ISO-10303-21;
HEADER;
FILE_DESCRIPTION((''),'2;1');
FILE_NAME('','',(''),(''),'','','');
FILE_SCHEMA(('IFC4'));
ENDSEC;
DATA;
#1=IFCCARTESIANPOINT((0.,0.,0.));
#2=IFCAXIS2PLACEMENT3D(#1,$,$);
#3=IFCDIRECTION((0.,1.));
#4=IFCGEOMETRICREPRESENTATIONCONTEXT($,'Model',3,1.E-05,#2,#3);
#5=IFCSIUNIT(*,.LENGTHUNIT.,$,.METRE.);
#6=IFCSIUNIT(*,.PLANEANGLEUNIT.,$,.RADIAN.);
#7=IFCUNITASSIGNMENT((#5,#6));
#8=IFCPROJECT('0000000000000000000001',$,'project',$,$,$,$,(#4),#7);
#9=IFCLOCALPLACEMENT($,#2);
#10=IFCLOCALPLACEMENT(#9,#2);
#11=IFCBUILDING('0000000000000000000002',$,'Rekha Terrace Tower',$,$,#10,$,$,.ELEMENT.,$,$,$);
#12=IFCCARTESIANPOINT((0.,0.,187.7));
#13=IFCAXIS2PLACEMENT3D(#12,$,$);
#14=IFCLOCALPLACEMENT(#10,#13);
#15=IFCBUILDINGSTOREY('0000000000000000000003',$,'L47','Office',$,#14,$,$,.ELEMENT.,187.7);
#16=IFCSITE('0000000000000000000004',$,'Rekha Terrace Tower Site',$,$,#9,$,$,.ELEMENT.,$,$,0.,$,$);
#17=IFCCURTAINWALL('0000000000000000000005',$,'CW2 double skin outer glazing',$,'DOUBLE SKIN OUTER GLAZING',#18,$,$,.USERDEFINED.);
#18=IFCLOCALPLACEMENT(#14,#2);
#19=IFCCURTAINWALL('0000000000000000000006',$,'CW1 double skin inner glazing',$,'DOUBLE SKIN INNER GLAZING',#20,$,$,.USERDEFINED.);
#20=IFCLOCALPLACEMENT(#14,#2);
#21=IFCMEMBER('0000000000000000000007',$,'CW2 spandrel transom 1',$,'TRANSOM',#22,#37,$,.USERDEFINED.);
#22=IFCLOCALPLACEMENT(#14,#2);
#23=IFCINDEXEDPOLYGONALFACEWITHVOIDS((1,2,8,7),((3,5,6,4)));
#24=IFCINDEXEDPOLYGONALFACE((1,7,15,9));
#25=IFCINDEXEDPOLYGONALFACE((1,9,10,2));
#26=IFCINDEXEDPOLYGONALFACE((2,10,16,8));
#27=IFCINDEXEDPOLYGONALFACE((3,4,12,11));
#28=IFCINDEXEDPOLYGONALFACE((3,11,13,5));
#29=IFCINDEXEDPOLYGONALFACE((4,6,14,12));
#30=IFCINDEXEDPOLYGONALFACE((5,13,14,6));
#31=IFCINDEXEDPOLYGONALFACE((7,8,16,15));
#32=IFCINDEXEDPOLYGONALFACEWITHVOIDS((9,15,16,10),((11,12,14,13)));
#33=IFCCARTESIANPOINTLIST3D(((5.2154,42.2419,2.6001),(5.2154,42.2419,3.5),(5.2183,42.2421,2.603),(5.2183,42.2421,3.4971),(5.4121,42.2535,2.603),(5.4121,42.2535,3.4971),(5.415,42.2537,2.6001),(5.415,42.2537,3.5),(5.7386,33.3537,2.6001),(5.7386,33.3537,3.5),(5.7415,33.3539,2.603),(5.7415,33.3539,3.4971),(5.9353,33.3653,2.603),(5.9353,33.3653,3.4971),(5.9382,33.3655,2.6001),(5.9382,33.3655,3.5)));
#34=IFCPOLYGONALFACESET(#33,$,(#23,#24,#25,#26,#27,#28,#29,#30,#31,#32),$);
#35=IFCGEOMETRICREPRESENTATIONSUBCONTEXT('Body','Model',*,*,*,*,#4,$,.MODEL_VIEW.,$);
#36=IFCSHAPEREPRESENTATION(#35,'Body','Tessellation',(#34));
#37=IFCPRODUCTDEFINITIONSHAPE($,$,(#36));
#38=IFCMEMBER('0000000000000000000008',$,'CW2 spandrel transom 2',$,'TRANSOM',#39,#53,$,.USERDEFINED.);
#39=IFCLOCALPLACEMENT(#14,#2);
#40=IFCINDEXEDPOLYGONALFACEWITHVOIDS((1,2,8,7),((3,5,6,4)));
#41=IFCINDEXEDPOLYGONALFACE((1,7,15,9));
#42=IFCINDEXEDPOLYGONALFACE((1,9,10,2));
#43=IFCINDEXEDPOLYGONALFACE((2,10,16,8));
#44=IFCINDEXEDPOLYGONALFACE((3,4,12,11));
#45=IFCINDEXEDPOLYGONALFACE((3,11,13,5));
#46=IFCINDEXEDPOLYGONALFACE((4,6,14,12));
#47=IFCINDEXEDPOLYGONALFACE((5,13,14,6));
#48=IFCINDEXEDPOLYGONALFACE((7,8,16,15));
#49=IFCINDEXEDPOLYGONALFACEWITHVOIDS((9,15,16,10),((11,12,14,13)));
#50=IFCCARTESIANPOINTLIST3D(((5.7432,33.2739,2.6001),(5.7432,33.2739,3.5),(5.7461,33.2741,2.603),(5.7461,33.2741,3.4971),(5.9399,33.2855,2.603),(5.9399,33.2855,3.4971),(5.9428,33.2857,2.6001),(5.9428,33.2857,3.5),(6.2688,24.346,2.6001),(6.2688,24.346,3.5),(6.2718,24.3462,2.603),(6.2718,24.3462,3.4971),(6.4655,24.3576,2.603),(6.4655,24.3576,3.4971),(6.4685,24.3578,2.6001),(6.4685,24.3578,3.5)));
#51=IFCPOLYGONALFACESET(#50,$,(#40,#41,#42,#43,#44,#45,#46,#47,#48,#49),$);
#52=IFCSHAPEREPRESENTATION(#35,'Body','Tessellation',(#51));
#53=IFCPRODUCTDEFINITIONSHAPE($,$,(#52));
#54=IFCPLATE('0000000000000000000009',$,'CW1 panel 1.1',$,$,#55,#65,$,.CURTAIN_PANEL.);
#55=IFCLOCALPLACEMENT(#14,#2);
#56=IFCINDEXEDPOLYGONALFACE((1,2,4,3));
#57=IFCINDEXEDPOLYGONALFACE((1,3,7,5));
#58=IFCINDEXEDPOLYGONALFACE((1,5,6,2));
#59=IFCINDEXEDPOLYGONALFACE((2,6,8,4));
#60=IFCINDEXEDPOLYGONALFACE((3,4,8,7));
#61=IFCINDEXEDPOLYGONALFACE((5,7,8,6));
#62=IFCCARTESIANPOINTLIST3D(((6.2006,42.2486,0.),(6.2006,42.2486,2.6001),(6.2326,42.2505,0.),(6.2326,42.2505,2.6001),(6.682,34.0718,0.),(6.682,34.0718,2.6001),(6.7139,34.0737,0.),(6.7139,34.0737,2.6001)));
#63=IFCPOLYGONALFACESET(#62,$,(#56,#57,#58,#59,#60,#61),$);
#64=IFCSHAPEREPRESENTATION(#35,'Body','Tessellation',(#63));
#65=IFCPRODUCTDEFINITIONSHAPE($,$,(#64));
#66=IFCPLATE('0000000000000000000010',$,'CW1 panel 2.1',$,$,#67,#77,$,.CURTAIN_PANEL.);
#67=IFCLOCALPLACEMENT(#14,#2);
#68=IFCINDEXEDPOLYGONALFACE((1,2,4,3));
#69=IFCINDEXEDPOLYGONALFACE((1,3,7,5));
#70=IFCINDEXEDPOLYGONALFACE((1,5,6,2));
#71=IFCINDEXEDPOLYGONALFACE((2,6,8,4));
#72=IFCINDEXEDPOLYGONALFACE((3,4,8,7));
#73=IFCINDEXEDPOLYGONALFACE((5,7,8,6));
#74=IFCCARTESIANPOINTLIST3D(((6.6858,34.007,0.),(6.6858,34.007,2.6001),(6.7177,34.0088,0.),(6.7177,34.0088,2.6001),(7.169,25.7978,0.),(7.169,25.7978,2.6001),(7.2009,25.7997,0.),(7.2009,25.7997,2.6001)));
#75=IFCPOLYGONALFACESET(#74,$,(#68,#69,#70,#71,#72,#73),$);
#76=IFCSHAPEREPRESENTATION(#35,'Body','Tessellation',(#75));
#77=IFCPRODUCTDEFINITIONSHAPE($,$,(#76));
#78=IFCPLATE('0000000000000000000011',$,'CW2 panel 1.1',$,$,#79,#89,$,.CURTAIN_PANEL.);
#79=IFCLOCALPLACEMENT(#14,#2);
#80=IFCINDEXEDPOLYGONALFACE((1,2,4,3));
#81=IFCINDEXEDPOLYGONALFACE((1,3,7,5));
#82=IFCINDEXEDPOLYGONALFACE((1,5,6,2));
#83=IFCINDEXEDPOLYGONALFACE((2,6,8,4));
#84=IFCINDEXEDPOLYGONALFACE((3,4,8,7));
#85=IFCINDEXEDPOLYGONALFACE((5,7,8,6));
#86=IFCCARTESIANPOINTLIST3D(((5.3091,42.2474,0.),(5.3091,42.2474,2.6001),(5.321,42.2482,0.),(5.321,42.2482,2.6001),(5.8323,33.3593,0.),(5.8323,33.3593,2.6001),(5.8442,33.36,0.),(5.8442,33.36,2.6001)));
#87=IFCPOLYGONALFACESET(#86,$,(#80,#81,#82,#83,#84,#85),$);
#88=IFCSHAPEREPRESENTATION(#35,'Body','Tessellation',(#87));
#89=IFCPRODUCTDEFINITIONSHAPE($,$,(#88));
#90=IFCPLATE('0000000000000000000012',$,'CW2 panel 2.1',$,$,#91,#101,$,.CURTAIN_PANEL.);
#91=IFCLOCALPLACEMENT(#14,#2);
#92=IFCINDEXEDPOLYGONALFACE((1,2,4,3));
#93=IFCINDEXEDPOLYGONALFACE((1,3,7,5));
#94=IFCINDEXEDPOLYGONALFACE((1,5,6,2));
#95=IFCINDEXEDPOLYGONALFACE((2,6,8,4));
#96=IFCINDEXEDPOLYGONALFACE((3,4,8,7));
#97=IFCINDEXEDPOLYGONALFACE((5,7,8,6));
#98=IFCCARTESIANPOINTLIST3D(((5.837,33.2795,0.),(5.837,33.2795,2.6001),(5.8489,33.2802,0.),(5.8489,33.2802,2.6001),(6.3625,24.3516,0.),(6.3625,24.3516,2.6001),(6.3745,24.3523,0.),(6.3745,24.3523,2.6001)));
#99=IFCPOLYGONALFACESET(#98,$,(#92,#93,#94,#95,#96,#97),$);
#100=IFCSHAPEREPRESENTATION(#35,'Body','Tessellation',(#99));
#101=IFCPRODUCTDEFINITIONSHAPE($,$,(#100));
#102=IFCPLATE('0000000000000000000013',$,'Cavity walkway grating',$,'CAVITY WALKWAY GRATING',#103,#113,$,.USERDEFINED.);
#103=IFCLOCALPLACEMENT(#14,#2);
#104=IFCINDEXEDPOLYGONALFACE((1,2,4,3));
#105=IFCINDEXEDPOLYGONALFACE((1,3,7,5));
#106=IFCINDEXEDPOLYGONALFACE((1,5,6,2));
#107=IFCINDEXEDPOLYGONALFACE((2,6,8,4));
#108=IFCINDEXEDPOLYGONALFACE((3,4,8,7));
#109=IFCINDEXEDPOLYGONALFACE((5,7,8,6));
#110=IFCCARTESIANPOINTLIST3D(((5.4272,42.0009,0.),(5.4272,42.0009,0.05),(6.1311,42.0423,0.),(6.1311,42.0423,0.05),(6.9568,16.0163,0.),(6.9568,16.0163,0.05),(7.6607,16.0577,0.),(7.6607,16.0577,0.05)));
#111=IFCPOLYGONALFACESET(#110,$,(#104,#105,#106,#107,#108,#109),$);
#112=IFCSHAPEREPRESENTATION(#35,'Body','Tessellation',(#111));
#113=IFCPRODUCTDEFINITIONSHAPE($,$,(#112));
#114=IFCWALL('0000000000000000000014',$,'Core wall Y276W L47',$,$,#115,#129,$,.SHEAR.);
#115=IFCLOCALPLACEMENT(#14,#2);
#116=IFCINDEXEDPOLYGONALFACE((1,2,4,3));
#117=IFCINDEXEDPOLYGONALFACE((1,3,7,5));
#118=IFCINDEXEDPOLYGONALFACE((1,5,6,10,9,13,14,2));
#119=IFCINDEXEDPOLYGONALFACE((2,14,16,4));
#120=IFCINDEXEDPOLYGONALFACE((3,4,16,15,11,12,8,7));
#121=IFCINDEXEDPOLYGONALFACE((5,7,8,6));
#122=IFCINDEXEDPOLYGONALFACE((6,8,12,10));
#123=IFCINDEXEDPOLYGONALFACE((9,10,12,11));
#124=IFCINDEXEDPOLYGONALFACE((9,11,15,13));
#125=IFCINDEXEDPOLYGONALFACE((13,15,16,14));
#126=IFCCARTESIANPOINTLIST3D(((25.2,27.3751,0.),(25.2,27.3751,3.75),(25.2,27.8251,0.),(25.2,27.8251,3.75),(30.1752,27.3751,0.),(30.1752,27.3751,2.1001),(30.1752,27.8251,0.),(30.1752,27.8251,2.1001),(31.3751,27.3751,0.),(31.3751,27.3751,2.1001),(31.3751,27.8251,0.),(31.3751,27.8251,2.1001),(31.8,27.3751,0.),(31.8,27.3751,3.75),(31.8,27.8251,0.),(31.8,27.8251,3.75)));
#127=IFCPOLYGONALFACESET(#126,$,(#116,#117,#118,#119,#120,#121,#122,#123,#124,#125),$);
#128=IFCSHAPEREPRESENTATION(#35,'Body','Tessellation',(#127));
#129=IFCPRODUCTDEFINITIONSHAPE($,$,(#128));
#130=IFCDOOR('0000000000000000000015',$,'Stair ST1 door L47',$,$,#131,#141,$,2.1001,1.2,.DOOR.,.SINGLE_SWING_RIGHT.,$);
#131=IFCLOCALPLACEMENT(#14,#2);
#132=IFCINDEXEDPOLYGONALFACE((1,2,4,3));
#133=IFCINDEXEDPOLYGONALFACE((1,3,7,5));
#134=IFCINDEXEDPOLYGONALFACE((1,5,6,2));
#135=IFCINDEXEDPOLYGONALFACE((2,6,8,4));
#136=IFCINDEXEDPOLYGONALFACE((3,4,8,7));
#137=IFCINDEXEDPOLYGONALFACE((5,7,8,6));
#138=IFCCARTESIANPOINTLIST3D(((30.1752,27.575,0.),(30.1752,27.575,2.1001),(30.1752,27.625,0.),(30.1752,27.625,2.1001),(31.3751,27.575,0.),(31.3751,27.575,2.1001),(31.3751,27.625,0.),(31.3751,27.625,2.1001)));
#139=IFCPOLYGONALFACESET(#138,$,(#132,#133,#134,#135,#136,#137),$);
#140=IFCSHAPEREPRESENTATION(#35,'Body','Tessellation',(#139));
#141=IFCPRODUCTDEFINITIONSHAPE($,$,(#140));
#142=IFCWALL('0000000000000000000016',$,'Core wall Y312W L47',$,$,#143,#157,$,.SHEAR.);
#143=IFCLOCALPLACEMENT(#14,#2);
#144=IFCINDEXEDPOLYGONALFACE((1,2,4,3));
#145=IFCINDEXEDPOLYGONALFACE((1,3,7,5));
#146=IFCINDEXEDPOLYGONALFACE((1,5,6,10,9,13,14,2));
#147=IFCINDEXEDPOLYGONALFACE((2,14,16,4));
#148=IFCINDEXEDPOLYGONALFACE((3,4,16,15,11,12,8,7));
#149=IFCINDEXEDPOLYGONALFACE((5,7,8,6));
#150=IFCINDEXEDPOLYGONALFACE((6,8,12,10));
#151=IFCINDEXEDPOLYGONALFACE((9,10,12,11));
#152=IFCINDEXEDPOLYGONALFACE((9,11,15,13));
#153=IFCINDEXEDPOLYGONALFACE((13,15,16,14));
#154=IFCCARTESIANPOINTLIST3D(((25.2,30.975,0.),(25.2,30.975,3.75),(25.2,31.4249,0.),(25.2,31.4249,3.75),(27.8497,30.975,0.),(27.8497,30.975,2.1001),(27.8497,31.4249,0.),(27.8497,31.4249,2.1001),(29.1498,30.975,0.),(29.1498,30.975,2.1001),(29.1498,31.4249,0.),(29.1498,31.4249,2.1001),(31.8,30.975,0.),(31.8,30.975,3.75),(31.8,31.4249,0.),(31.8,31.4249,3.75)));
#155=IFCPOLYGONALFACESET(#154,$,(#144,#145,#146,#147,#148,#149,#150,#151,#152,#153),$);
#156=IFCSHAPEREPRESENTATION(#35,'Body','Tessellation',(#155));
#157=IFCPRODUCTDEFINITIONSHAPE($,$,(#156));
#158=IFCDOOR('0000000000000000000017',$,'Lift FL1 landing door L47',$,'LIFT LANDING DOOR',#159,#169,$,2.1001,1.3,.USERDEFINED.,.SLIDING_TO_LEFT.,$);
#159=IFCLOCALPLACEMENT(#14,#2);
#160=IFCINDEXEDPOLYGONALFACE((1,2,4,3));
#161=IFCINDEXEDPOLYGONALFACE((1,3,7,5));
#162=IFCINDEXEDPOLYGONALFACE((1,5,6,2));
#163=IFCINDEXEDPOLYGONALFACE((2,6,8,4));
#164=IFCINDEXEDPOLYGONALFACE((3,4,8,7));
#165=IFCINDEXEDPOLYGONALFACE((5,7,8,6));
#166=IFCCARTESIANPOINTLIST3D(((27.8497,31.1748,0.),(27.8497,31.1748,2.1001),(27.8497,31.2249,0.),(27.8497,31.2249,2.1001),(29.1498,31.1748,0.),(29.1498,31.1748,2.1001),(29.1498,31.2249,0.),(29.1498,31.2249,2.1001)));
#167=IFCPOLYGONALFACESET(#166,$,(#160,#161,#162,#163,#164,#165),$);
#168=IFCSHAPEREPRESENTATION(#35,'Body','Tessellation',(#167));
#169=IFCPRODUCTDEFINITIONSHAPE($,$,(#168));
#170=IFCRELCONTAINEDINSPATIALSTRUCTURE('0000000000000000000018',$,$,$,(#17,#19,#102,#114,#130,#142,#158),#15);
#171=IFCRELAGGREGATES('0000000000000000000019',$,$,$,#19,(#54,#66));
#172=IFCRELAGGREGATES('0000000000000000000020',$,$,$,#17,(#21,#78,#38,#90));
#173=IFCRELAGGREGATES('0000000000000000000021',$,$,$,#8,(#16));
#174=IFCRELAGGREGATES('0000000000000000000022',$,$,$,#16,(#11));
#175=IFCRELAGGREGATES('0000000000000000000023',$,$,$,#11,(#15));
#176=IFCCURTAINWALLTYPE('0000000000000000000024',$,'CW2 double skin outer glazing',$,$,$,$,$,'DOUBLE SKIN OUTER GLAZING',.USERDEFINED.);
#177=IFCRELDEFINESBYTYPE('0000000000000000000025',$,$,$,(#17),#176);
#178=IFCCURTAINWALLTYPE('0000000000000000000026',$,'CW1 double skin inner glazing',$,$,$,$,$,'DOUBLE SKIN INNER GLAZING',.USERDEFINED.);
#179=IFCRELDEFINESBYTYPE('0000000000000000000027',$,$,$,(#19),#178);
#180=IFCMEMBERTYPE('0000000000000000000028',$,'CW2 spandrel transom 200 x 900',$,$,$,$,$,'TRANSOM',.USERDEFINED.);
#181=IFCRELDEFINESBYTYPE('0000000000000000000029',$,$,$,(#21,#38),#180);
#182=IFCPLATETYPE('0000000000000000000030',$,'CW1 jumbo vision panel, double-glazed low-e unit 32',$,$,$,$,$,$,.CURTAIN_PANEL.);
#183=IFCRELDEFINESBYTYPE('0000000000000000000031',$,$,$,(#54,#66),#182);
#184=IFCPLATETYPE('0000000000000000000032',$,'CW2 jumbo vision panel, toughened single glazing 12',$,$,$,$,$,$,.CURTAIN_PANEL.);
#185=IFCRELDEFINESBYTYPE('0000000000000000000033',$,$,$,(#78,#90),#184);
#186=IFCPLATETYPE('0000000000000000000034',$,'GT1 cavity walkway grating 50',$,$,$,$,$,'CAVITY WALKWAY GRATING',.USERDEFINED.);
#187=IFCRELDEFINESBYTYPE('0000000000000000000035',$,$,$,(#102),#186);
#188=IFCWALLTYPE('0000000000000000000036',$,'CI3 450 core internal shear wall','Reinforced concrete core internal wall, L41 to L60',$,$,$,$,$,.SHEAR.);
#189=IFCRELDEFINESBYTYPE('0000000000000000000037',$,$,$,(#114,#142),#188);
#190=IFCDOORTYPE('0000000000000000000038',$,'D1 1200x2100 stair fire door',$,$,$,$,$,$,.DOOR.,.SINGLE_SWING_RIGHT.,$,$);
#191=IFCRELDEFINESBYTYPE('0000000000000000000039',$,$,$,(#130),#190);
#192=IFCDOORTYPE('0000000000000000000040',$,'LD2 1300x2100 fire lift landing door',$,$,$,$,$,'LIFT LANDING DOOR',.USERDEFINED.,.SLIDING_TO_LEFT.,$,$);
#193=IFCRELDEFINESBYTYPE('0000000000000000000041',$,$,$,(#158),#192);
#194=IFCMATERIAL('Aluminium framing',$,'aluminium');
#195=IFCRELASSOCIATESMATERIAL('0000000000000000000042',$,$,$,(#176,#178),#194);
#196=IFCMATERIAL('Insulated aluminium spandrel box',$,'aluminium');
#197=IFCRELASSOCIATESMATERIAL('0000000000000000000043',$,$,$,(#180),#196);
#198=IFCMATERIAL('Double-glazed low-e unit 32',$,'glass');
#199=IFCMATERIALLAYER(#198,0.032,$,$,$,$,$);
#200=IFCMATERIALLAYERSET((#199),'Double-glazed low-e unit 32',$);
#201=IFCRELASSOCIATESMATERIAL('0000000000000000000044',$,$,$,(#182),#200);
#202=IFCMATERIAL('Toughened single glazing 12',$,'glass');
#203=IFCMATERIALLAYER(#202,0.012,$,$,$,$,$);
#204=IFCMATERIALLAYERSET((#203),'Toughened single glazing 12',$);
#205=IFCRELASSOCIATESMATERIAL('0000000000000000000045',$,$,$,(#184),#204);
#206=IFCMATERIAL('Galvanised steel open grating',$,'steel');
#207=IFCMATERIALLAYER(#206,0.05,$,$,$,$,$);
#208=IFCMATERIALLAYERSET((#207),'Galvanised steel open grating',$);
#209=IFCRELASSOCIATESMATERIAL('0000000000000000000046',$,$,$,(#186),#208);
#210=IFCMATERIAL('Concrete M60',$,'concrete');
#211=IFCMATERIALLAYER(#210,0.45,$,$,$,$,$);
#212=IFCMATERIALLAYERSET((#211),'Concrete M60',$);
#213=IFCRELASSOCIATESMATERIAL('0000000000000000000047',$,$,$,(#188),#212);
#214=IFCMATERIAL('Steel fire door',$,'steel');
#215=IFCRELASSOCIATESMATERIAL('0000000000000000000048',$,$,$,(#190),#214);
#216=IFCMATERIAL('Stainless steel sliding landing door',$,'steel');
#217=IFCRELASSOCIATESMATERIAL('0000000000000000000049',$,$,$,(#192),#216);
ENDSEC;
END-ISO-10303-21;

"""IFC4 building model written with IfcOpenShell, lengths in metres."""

from ifc_helpers import new_model, si_unit, direction, frame, frame_2d, origin, origin_2d, place, context, subcontext, project, spatial, rectangle, hollow_rectangle, extrude, material, layer, layer_set, material_profile, profile_set, type_object, element, fill, aggregate, save


model = new_model("IFC4")

# Units and contexts
model_context = context("Model", 3, precision=1e-05, world=origin(), true_north=direction((0.0, 1.0)))
body_context = subcontext(model_context, "Body", "Model", "MODEL_VIEW")
ifc_project = project(units=[si_unit("LENGTHUNIT", "METRE"), si_unit("PLANEANGLEUNIT", "RADIAN")], contexts=[model_context])

# Site, building, storey
site_placement = place(None, origin())
site = spatial("IfcSite", under=ifc_project, at=site_placement, Name="Rekha Terrace Tower Site", CompositionType="ELEMENT", RefElevation=0.0)
building_placement = place(site_placement, origin())
building = spatial("IfcBuilding", under=site, at=building_placement, Name="Rekha Terrace Tower", CompositionType="ELEMENT")
storey_placement = place(building_placement, frame((0.0, 0.0, 187.7)))
storey = spatial("IfcBuildingStorey", under=building, at=storey_placement, Name="L47", Description="Office", CompositionType="ELEMENT", Elevation=187.7)

# Curtain wall
ifc_material_1 = material(Name="Aluminium framing", Category="aluminium")
curtain_wall_type_1 = type_object("IfcCurtainWallType", Name="CW2 double skin outer glazing", ElementType="DOUBLE SKIN OUTER GLAZING", PredefinedType="USERDEFINED", material=ifc_material_1)
curtain_wall_1_placement = place(storey_placement, origin())
curtain_wall_1 = element("IfcCurtainWall", 1, at=curtain_wall_1_placement, inside=storey, type_object=curtain_wall_type_1, Name="CW2 double skin outer glazing", ObjectType="DOUBLE SKIN OUTER GLAZING", PredefinedType="USERDEFINED")

# Curtain wall
curtain_wall_type_2 = type_object("IfcCurtainWallType", Name="CW1 double skin inner glazing", ElementType="DOUBLE SKIN INNER GLAZING", PredefinedType="USERDEFINED", material=ifc_material_1)
curtain_wall_2_placement = place(storey_placement, origin())
curtain_wall_2 = element("IfcCurtainWall", 2, at=curtain_wall_2_placement, inside=storey, type_object=curtain_wall_type_2, Name="CW1 double skin inner glazing", ObjectType="DOUBLE SKIN INNER GLAZING", PredefinedType="USERDEFINED")
ifc_material_2 = material(Name="Insulated aluminium spandrel box", Category="aluminium")

# Members
ifc_material_profile_1 = material_profile(ifc_material_2, hollow_rectangle(XDim=0.2, YDim=0.8999, WallThickness=0.0029, at=origin_2d()), Name="AL SPANDREL BOX 200x900")
ifc_profile_set_1 = profile_set([ifc_material_profile_1], Name="Insulated aluminium spandrel box")
member_type_1 = type_object("IfcMemberType", Name="CW2 spandrel transom 200 x 900", ElementType="TRANSOM", PredefinedType="USERDEFINED", material=ifc_profile_set_1)
member_1_placement = place(storey_placement, frame((5.3152, 42.2478, 3.05), z_axis=(0.058762, -0.998272, 0.0), x_axis=(0.998272, 0.058762, 0.0)))
member_1 = element("IfcMember", 3, at=member_1_placement, type_object=member_type_1, Name="CW2 spandrel transom 1", ObjectType="TRANSOM", PredefinedType="USERDEFINED", context=body_context, shape_type="SweptSolid", body=[
    extrude(hollow_rectangle(XDim=0.2, YDim=0.8999, WallThickness=0.0029, at=origin_2d()), origin(), (0.0, 0.0, 1.0), 8.9036),
])
member_2_placement = place(storey_placement, frame((5.843, 33.2798, 3.05), z_axis=(0.058773, -0.998271, 0.0), x_axis=(0.998271, 0.058773, 0.0)))
member_2 = element("IfcMember", 4, at=member_2_placement, type_object=member_type_1, Name="CW2 spandrel transom 2", ObjectType="TRANSOM", PredefinedType="USERDEFINED", context=body_context, shape_type="SweptSolid", body=[
    extrude(hollow_rectangle(XDim=0.2, YDim=0.8999, WallThickness=0.0029, at=origin_2d()), origin(), (0.0, 0.0, 1.0), 8.9434),
])

# Plates
ifc_material_3 = material(Name="Double-glazed low-e unit 32", Category="glass")
ifc_layer_1 = layer(ifc_material_3, 0.032)
ifc_layer_set_1 = layer_set([ifc_layer_1], Name="Double-glazed low-e unit 32")
plate_type_1 = type_object("IfcPlateType", Name="CW1 jumbo vision panel, double-glazed low-e unit 32", PredefinedType="CURTAIN_PANEL", material=ifc_layer_set_1)
plate_1_placement = place(storey_placement, frame((6.4573, 38.1611, 0.0), z_axis=(0.0, 0.0, 1.0), x_axis=(0.058765, -0.998272, 0.0)))
plate_1 = element("IfcPlate", 5, at=plate_1_placement, type_object=plate_type_1, Name="CW1 panel 1.1", PredefinedType="CURTAIN_PANEL", context=body_context, shape_type="SweptSolid", body=[
    extrude(rectangle(XDim=8.1909, YDim=0.032, at=origin_2d()), origin(), (0.0, 0.0, 1.0), 2.6001),
])
plate_2_placement = place(storey_placement, frame((6.9434, 29.9033, 0.0), z_axis=(0.0, 0.0, 1.0), x_axis=(0.058765, -0.998272, 0.0)))
plate_2 = element("IfcPlate", 6, at=plate_2_placement, type_object=plate_type_1, Name="CW1 panel 2.1", PredefinedType="CURTAIN_PANEL", context=body_context, shape_type="SweptSolid", body=[
    extrude(rectangle(XDim=8.2234, YDim=0.032, at=origin_2d()), origin(), (0.0, 0.0, 1.0), 2.6001),
])
aggregate(curtain_wall_2, [plate_1, plate_2])
ifc_material_4 = material(Name="Toughened single glazing 12", Category="glass")
ifc_layer_2 = layer(ifc_material_4, 0.012)
ifc_layer_set_2 = layer_set([ifc_layer_2], Name="Toughened single glazing 12")
plate_type_2 = type_object("IfcPlateType", Name="CW2 jumbo vision panel, toughened single glazing 12", PredefinedType="CURTAIN_PANEL", material=ifc_layer_set_2)
plate_3_placement = place(storey_placement, frame((5.5767, 37.8037, 0.0), z_axis=(0.0, 0.0, 1.0), x_axis=(0.058765, -0.998272, 0.0)))
plate_3 = element("IfcPlate", 7, at=plate_3_placement, type_object=plate_type_2, Name="CW2 panel 1.1", PredefinedType="CURTAIN_PANEL", context=body_context, shape_type="SweptSolid", body=[
    extrude(rectangle(XDim=8.9036, YDim=0.012, at=origin_2d()), origin(), (0.0, 0.0, 1.0), 2.6001),
])
plate_4_placement = place(storey_placement, frame((6.1057, 28.8159, 0.0), z_axis=(0.0, 0.0, 1.0), x_axis=(0.058765, -0.998272, 0.0)))
plate_4 = element("IfcPlate", 8, at=plate_4_placement, type_object=plate_type_2, Name="CW2 panel 2.1", PredefinedType="CURTAIN_PANEL", context=body_context, shape_type="SweptSolid", body=[
    extrude(rectangle(XDim=8.9434, YDim=0.012, at=origin_2d()), origin(), (0.0, 0.0, 1.0), 2.6001),
])
aggregate(curtain_wall_1, [member_1, plate_3, member_2, plate_4])
ifc_material_5 = material(Name="Galvanised steel open grating", Category="steel")
ifc_layer_3 = layer(ifc_material_5, 0.05)
ifc_layer_set_3 = layer_set([ifc_layer_3], Name="Galvanised steel open grating")
plate_type_3 = type_object("IfcPlateType", Name="GT1 cavity walkway grating 50", ElementType="CAVITY WALKWAY GRATING", PredefinedType="USERDEFINED", material=ifc_layer_set_3)
plate_5_placement = place(storey_placement, frame((6.5439, 29.0293, 0.0), z_axis=(0.0, 0.0, 1.0), x_axis=(0.058765, -0.998272, 0.0)))
element("IfcPlate", 9, at=plate_5_placement, inside=storey, type_object=plate_type_3, Name="Cavity walkway grating", ObjectType="CAVITY WALKWAY GRATING", PredefinedType="USERDEFINED", context=body_context, shape_type="SweptSolid", body=[
    extrude(rectangle(XDim=26.0295, YDim=0.7051, at=origin_2d()), origin(), (0.0, 0.0, 1.0), 0.05),
])

# Walls, openings, doors
ifc_material_6 = material(Name="Concrete M60", Category="concrete")
ifc_layer_4 = layer(ifc_material_6, 0.45)
ifc_layer_set_4 = layer_set([ifc_layer_4], Name="Concrete M60")
wall_type_1 = type_object("IfcWallType", Name="CI3 450 core internal shear wall", Description="Reinforced concrete core internal wall, L41 to L60", PredefinedType="SHEAR", material=ifc_layer_set_4)
wall_1_placement = place(storey_placement, frame((25.2, 27.6001, 0.0), z_axis=(0.0, 0.0, 1.0), x_axis=(1.0, 0.0, 0.0)))
wall_1 = element("IfcWall", 10, at=wall_1_placement, inside=storey, type_object=wall_type_1, Name="Core wall Y276W L47", PredefinedType="SHEAR", context=body_context, shape_type="SweptSolid", body=[
    extrude(rectangle(XDim=6.6001, YDim=0.45, at=frame_2d((3.3, 0.0))), origin(), (0.0, 0.0, 1.0), 3.75),
])
opening_1_placement = place(wall_1_placement, frame((4.9751, 0.0, 0.0)))
opening_1 = element("IfcOpeningElement", 11, at=opening_1_placement, cuts=wall_1, PredefinedType="OPENING", context=body_context, shape_type="SweptSolid", body=[
    extrude(rectangle(XDim=1.2, YDim=2.1001, at=frame_2d((0.6001, 1.05))), frame((0.0, 0.2349, 0.0), z_axis=(0.0, -1.0, 0.0), x_axis=(1.0, 0.0, 0.0)), (0.0, 0.0, 1.0), 0.47),
])
ifc_material_7 = material(Name="Steel fire door", Category="steel")
door_type_1 = type_object("IfcDoorType", Name="D1 1200x2100 stair fire door", OperationType="SINGLE_SWING_RIGHT", PredefinedType="DOOR", material=ifc_material_7)
door_1_placement = place(opening_1_placement, origin())
door_1 = element("IfcDoor", 12, at=door_1_placement, inside=storey, type_object=door_type_1, Name="Stair ST1 door L47", OperationType="SINGLE_SWING_RIGHT", OverallHeight=2.1001, OverallWidth=1.2, PredefinedType="DOOR", context=body_context, shape_type="SweptSolid", body=[
    extrude(rectangle(XDim=1.2, YDim=2.1001, at=frame_2d((0.6001, 1.05))), frame((0.0, 0.0249, 0.0), z_axis=(0.0, -1.0, 0.0), x_axis=(1.0, 0.0, 0.0)), (0.0, 0.0, 1.0), 0.05),
])
fill(opening_1, door_1)
wall_2_placement = place(storey_placement, frame((25.2, 31.2, 0.0), z_axis=(0.0, 0.0, 1.0), x_axis=(1.0, 0.0, 0.0)))
wall_2 = element("IfcWall", 13, at=wall_2_placement, inside=storey, type_object=wall_type_1, Name="Core wall Y312W L47", PredefinedType="SHEAR", context=body_context, shape_type="SweptSolid", body=[
    extrude(rectangle(XDim=6.6001, YDim=0.45, at=frame_2d((3.3, 0.0))), origin(), (0.0, 0.0, 1.0), 3.75),
])
opening_2_placement = place(wall_2_placement, frame((2.6499, 0.0, 0.0)))
opening_2 = element("IfcOpeningElement", 14, at=opening_2_placement, cuts=wall_2, PredefinedType="OPENING", context=body_context, shape_type="SweptSolid", body=[
    extrude(rectangle(XDim=1.3, YDim=2.1001, at=frame_2d((0.6499, 1.05))), frame((0.0, 0.2349, 0.0), z_axis=(0.0, -1.0, 0.0), x_axis=(1.0, 0.0, 0.0)), (0.0, 0.0, 1.0), 0.47),
])
ifc_material_8 = material(Name="Stainless steel sliding landing door", Category="steel")
door_type_2 = type_object("IfcDoorType", Name="LD2 1300x2100 fire lift landing door", ElementType="LIFT LANDING DOOR", OperationType="SLIDING_TO_LEFT", PredefinedType="USERDEFINED", material=ifc_material_8)
door_2_placement = place(opening_2_placement, origin())
door_2 = element("IfcDoor", 15, at=door_2_placement, inside=storey, type_object=door_type_2, Name="Lift FL1 landing door L47", ObjectType="LIFT LANDING DOOR", OperationType="SLIDING_TO_LEFT", OverallHeight=2.1001, OverallWidth=1.3, PredefinedType="USERDEFINED", context=body_context, shape_type="SweptSolid", body=[
    extrude(rectangle(XDim=1.3, YDim=2.1001, at=frame_2d((0.6499, 1.05))), frame((0.0, 0.0249, 0.0), z_axis=(0.0, -1.0, 0.0), x_axis=(1.0, 0.0, 0.0)), (0.0, 0.0, 1.0), 0.05),
])
fill(opening_2, door_2)

save(model, "model.ifc")
